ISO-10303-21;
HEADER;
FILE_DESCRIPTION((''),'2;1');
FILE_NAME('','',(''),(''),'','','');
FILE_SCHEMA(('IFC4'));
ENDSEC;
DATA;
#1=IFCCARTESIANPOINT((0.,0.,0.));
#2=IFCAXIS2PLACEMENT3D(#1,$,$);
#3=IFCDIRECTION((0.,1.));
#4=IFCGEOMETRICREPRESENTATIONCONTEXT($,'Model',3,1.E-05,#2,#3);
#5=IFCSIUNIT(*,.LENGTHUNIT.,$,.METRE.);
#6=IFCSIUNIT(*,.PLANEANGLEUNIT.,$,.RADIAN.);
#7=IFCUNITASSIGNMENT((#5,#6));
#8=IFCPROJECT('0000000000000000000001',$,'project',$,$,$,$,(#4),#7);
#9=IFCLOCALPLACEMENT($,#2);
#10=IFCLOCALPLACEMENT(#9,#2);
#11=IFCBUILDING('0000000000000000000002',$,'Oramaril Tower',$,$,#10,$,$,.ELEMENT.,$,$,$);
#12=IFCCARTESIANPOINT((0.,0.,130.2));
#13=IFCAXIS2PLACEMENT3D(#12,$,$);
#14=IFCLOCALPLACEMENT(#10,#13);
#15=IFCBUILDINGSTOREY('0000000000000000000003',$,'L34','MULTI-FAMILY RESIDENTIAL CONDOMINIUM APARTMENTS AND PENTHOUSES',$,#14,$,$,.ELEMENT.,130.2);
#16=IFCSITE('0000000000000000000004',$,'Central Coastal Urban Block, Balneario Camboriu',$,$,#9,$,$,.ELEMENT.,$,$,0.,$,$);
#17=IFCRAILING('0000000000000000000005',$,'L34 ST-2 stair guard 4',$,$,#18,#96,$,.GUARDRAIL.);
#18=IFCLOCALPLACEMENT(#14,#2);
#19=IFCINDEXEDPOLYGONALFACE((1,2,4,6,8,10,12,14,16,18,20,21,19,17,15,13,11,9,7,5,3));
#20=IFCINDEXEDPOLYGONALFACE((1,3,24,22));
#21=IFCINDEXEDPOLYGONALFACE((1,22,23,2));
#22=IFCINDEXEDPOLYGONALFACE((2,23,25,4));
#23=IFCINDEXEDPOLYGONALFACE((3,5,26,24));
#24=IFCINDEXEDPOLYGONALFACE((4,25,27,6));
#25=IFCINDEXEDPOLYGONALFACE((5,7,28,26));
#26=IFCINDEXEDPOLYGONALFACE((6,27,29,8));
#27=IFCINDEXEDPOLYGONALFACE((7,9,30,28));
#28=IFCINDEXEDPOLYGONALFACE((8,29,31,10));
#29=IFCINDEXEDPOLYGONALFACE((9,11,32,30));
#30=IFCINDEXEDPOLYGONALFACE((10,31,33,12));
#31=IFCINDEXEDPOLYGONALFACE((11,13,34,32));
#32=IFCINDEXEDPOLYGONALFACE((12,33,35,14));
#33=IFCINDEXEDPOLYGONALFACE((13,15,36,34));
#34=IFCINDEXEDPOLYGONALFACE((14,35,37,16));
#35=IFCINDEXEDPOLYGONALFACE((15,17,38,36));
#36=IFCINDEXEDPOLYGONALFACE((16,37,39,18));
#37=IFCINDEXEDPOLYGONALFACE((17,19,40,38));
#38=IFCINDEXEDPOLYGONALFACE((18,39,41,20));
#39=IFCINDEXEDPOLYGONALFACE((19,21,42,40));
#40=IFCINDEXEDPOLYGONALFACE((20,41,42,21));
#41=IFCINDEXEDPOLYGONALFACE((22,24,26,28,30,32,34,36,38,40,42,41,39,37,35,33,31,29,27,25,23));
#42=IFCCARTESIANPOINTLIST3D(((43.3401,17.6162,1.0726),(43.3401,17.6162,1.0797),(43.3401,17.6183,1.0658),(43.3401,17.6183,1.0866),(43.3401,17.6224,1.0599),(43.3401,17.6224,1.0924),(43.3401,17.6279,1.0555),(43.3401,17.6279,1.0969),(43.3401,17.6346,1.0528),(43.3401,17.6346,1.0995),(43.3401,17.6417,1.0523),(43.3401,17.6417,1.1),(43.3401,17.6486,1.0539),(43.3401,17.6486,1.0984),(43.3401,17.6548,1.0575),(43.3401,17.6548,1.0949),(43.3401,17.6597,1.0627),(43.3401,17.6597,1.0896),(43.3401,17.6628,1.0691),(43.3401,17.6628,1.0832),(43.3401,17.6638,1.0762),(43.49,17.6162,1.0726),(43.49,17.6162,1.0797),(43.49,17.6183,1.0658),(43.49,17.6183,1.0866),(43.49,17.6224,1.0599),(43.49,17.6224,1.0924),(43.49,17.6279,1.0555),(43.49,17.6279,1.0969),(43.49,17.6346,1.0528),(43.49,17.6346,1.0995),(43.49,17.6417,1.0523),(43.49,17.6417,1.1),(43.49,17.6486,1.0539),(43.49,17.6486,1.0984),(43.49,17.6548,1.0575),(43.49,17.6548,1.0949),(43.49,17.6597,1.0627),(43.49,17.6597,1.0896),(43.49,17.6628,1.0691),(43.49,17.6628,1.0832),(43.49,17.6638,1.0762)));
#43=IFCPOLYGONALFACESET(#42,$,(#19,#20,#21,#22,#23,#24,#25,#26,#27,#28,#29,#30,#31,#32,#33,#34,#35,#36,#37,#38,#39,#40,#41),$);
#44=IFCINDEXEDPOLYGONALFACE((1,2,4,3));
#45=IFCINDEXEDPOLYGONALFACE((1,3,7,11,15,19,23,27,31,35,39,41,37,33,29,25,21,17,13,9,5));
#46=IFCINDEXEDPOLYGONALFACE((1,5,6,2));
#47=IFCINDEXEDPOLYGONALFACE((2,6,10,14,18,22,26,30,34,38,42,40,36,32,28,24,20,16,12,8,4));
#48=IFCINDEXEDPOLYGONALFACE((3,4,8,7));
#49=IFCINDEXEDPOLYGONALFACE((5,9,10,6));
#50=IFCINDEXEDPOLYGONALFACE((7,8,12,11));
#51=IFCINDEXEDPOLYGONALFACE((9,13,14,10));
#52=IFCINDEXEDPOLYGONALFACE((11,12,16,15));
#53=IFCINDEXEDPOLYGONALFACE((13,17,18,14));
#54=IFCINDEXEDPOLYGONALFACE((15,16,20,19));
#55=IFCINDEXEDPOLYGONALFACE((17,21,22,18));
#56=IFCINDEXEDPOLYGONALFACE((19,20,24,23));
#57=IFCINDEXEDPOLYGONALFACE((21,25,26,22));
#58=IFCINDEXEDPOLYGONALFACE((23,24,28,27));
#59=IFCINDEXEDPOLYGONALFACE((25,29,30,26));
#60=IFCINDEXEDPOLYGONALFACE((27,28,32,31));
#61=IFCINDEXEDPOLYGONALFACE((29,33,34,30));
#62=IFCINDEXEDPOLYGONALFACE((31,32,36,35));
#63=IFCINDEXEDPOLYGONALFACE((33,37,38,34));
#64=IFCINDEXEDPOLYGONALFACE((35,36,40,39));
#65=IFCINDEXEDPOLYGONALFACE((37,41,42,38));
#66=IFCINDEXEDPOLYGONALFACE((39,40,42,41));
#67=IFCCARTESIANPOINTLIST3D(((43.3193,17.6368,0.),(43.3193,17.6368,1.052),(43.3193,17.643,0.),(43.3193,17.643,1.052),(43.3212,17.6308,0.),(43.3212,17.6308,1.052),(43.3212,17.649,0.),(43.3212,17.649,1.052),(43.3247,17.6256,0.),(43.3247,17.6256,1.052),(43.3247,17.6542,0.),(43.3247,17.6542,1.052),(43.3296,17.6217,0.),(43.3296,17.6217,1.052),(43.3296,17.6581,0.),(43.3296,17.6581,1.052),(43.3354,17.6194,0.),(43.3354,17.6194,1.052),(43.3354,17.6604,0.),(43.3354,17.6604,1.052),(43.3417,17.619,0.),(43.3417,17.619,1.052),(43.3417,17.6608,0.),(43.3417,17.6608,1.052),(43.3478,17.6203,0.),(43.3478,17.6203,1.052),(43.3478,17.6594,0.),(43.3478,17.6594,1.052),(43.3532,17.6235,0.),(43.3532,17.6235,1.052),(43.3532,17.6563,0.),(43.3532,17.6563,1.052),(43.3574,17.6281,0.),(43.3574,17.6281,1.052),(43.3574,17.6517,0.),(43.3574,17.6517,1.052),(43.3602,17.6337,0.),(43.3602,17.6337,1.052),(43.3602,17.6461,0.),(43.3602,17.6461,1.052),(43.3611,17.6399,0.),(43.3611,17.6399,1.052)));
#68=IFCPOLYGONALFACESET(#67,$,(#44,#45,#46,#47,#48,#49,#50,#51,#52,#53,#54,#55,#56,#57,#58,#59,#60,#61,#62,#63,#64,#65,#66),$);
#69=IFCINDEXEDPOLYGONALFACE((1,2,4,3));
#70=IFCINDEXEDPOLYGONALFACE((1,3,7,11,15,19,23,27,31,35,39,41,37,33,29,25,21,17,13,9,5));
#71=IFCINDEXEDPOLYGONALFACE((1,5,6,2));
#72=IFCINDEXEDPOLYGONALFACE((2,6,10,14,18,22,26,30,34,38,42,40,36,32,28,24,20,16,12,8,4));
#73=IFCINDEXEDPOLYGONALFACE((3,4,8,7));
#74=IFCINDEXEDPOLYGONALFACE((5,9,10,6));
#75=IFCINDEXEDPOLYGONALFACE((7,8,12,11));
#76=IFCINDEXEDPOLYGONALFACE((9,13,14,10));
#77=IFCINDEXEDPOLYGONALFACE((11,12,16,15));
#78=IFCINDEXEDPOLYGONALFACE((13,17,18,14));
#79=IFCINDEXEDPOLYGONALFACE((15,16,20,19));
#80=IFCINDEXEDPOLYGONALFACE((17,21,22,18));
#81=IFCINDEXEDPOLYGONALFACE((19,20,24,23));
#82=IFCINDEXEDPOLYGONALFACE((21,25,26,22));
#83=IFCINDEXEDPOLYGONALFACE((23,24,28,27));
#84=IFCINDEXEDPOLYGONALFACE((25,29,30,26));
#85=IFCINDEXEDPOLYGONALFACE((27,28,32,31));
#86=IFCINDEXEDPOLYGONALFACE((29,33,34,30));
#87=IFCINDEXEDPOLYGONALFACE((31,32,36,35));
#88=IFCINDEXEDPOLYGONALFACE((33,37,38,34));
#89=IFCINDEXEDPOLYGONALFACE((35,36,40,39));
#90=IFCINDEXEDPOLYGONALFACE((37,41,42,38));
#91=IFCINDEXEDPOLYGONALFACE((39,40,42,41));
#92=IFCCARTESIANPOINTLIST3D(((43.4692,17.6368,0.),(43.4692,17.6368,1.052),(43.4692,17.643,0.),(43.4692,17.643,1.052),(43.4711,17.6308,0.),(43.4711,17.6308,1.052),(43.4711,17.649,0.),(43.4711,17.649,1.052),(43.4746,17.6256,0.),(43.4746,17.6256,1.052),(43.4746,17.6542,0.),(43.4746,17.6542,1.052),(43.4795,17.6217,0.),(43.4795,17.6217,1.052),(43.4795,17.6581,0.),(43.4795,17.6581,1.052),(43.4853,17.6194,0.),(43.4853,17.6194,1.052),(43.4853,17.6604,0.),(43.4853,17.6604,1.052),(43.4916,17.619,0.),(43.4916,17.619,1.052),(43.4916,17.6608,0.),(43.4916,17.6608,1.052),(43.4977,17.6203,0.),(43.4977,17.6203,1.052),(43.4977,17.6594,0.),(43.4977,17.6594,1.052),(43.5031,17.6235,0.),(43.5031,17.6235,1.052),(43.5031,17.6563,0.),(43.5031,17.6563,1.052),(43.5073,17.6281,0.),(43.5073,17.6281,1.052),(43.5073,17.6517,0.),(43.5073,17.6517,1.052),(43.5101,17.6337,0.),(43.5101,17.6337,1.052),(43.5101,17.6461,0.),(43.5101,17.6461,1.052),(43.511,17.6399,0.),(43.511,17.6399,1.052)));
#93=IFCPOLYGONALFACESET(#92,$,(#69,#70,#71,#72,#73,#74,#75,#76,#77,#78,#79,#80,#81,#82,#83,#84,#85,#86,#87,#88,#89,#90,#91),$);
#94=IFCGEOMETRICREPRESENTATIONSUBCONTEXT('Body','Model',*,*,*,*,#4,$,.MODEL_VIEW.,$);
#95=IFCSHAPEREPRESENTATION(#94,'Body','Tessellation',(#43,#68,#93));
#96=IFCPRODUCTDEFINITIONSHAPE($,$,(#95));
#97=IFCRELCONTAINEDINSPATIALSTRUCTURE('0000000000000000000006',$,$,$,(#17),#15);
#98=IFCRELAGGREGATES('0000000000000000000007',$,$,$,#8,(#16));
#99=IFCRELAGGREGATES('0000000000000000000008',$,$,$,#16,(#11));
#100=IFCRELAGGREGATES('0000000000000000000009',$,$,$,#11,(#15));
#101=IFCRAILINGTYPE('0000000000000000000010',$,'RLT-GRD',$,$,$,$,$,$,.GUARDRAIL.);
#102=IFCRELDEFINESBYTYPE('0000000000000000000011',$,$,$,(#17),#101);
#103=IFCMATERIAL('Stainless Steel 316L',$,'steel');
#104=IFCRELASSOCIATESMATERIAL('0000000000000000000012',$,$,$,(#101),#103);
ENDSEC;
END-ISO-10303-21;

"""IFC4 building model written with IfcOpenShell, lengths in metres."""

from ifc_helpers import new_model, si_unit, direction, frame, origin, origin_2d, place, context, subcontext, project, spatial, circle, extrude, material, type_object, element, save


model = new_model("IFC4")

# Units and contexts
model_context = context("Model", 3, precision=1e-05, world=origin(), true_north=direction((0.0, 1.0)))
body_context = subcontext(model_context, "Body", "Model", "MODEL_VIEW")
ifc_project = project(units=[si_unit("LENGTHUNIT", "METRE"), si_unit("PLANEANGLEUNIT", "RADIAN")], contexts=[model_context])

# Site, building, storey
site_placement = place(None, origin())
site = spatial("IfcSite", under=ifc_project, at=site_placement, Name="Central Coastal Urban Block, Balneario Camboriu", CompositionType="ELEMENT", RefElevation=0.0)
building_placement = place(site_placement, origin())
building = spatial("IfcBuilding", under=site, at=building_placement, Name="Oramaril Tower", CompositionType="ELEMENT")
storey_placement = place(building_placement, frame((0.0, 0.0, 130.2)))
storey = spatial("IfcBuildingStorey", under=building, at=storey_placement, Name="L34", Description="MULTI-FAMILY RESIDENTIAL CONDOMINIUM APARTMENTS AND PENTHOUSES", CompositionType="ELEMENT", Elevation=130.2)

# Railing
ifc_material_1 = material(Name="Stainless Steel 316L", Category="steel")
railing_type_1 = type_object("IfcRailingType", Name="RLT-GRD", PredefinedType="GUARDRAIL", material=ifc_material_1)
railing_1_placement = place(storey_placement, frame((43.3401, 17.6399, 0.0)))
element("IfcRailing", 1, at=railing_1_placement, inside=storey, type_object=railing_type_1, Name="L34 ST-2 stair guard 4", PredefinedType="GUARDRAIL", context=body_context, shape_type="SweptSolid", body=[
    extrude(circle(Radius=0.0239, at=origin_2d()), frame((0.0, 0.0, 1.0762), z_axis=(1.0, 0.0, 0.0), x_axis=(0.0, 1.0, 0.0)), (0.0, 0.0, 1.0), 0.1499),
    extrude(circle(Radius=0.021, at=origin_2d()), origin(), (0.0, 0.0, 1.0), 1.052),
    extrude(circle(Radius=0.021, at=origin_2d()), frame((0.1499, 0.0, 0.0)), (0.0, 0.0, 1.0), 1.052),
])

save(model, "model.ifc")
